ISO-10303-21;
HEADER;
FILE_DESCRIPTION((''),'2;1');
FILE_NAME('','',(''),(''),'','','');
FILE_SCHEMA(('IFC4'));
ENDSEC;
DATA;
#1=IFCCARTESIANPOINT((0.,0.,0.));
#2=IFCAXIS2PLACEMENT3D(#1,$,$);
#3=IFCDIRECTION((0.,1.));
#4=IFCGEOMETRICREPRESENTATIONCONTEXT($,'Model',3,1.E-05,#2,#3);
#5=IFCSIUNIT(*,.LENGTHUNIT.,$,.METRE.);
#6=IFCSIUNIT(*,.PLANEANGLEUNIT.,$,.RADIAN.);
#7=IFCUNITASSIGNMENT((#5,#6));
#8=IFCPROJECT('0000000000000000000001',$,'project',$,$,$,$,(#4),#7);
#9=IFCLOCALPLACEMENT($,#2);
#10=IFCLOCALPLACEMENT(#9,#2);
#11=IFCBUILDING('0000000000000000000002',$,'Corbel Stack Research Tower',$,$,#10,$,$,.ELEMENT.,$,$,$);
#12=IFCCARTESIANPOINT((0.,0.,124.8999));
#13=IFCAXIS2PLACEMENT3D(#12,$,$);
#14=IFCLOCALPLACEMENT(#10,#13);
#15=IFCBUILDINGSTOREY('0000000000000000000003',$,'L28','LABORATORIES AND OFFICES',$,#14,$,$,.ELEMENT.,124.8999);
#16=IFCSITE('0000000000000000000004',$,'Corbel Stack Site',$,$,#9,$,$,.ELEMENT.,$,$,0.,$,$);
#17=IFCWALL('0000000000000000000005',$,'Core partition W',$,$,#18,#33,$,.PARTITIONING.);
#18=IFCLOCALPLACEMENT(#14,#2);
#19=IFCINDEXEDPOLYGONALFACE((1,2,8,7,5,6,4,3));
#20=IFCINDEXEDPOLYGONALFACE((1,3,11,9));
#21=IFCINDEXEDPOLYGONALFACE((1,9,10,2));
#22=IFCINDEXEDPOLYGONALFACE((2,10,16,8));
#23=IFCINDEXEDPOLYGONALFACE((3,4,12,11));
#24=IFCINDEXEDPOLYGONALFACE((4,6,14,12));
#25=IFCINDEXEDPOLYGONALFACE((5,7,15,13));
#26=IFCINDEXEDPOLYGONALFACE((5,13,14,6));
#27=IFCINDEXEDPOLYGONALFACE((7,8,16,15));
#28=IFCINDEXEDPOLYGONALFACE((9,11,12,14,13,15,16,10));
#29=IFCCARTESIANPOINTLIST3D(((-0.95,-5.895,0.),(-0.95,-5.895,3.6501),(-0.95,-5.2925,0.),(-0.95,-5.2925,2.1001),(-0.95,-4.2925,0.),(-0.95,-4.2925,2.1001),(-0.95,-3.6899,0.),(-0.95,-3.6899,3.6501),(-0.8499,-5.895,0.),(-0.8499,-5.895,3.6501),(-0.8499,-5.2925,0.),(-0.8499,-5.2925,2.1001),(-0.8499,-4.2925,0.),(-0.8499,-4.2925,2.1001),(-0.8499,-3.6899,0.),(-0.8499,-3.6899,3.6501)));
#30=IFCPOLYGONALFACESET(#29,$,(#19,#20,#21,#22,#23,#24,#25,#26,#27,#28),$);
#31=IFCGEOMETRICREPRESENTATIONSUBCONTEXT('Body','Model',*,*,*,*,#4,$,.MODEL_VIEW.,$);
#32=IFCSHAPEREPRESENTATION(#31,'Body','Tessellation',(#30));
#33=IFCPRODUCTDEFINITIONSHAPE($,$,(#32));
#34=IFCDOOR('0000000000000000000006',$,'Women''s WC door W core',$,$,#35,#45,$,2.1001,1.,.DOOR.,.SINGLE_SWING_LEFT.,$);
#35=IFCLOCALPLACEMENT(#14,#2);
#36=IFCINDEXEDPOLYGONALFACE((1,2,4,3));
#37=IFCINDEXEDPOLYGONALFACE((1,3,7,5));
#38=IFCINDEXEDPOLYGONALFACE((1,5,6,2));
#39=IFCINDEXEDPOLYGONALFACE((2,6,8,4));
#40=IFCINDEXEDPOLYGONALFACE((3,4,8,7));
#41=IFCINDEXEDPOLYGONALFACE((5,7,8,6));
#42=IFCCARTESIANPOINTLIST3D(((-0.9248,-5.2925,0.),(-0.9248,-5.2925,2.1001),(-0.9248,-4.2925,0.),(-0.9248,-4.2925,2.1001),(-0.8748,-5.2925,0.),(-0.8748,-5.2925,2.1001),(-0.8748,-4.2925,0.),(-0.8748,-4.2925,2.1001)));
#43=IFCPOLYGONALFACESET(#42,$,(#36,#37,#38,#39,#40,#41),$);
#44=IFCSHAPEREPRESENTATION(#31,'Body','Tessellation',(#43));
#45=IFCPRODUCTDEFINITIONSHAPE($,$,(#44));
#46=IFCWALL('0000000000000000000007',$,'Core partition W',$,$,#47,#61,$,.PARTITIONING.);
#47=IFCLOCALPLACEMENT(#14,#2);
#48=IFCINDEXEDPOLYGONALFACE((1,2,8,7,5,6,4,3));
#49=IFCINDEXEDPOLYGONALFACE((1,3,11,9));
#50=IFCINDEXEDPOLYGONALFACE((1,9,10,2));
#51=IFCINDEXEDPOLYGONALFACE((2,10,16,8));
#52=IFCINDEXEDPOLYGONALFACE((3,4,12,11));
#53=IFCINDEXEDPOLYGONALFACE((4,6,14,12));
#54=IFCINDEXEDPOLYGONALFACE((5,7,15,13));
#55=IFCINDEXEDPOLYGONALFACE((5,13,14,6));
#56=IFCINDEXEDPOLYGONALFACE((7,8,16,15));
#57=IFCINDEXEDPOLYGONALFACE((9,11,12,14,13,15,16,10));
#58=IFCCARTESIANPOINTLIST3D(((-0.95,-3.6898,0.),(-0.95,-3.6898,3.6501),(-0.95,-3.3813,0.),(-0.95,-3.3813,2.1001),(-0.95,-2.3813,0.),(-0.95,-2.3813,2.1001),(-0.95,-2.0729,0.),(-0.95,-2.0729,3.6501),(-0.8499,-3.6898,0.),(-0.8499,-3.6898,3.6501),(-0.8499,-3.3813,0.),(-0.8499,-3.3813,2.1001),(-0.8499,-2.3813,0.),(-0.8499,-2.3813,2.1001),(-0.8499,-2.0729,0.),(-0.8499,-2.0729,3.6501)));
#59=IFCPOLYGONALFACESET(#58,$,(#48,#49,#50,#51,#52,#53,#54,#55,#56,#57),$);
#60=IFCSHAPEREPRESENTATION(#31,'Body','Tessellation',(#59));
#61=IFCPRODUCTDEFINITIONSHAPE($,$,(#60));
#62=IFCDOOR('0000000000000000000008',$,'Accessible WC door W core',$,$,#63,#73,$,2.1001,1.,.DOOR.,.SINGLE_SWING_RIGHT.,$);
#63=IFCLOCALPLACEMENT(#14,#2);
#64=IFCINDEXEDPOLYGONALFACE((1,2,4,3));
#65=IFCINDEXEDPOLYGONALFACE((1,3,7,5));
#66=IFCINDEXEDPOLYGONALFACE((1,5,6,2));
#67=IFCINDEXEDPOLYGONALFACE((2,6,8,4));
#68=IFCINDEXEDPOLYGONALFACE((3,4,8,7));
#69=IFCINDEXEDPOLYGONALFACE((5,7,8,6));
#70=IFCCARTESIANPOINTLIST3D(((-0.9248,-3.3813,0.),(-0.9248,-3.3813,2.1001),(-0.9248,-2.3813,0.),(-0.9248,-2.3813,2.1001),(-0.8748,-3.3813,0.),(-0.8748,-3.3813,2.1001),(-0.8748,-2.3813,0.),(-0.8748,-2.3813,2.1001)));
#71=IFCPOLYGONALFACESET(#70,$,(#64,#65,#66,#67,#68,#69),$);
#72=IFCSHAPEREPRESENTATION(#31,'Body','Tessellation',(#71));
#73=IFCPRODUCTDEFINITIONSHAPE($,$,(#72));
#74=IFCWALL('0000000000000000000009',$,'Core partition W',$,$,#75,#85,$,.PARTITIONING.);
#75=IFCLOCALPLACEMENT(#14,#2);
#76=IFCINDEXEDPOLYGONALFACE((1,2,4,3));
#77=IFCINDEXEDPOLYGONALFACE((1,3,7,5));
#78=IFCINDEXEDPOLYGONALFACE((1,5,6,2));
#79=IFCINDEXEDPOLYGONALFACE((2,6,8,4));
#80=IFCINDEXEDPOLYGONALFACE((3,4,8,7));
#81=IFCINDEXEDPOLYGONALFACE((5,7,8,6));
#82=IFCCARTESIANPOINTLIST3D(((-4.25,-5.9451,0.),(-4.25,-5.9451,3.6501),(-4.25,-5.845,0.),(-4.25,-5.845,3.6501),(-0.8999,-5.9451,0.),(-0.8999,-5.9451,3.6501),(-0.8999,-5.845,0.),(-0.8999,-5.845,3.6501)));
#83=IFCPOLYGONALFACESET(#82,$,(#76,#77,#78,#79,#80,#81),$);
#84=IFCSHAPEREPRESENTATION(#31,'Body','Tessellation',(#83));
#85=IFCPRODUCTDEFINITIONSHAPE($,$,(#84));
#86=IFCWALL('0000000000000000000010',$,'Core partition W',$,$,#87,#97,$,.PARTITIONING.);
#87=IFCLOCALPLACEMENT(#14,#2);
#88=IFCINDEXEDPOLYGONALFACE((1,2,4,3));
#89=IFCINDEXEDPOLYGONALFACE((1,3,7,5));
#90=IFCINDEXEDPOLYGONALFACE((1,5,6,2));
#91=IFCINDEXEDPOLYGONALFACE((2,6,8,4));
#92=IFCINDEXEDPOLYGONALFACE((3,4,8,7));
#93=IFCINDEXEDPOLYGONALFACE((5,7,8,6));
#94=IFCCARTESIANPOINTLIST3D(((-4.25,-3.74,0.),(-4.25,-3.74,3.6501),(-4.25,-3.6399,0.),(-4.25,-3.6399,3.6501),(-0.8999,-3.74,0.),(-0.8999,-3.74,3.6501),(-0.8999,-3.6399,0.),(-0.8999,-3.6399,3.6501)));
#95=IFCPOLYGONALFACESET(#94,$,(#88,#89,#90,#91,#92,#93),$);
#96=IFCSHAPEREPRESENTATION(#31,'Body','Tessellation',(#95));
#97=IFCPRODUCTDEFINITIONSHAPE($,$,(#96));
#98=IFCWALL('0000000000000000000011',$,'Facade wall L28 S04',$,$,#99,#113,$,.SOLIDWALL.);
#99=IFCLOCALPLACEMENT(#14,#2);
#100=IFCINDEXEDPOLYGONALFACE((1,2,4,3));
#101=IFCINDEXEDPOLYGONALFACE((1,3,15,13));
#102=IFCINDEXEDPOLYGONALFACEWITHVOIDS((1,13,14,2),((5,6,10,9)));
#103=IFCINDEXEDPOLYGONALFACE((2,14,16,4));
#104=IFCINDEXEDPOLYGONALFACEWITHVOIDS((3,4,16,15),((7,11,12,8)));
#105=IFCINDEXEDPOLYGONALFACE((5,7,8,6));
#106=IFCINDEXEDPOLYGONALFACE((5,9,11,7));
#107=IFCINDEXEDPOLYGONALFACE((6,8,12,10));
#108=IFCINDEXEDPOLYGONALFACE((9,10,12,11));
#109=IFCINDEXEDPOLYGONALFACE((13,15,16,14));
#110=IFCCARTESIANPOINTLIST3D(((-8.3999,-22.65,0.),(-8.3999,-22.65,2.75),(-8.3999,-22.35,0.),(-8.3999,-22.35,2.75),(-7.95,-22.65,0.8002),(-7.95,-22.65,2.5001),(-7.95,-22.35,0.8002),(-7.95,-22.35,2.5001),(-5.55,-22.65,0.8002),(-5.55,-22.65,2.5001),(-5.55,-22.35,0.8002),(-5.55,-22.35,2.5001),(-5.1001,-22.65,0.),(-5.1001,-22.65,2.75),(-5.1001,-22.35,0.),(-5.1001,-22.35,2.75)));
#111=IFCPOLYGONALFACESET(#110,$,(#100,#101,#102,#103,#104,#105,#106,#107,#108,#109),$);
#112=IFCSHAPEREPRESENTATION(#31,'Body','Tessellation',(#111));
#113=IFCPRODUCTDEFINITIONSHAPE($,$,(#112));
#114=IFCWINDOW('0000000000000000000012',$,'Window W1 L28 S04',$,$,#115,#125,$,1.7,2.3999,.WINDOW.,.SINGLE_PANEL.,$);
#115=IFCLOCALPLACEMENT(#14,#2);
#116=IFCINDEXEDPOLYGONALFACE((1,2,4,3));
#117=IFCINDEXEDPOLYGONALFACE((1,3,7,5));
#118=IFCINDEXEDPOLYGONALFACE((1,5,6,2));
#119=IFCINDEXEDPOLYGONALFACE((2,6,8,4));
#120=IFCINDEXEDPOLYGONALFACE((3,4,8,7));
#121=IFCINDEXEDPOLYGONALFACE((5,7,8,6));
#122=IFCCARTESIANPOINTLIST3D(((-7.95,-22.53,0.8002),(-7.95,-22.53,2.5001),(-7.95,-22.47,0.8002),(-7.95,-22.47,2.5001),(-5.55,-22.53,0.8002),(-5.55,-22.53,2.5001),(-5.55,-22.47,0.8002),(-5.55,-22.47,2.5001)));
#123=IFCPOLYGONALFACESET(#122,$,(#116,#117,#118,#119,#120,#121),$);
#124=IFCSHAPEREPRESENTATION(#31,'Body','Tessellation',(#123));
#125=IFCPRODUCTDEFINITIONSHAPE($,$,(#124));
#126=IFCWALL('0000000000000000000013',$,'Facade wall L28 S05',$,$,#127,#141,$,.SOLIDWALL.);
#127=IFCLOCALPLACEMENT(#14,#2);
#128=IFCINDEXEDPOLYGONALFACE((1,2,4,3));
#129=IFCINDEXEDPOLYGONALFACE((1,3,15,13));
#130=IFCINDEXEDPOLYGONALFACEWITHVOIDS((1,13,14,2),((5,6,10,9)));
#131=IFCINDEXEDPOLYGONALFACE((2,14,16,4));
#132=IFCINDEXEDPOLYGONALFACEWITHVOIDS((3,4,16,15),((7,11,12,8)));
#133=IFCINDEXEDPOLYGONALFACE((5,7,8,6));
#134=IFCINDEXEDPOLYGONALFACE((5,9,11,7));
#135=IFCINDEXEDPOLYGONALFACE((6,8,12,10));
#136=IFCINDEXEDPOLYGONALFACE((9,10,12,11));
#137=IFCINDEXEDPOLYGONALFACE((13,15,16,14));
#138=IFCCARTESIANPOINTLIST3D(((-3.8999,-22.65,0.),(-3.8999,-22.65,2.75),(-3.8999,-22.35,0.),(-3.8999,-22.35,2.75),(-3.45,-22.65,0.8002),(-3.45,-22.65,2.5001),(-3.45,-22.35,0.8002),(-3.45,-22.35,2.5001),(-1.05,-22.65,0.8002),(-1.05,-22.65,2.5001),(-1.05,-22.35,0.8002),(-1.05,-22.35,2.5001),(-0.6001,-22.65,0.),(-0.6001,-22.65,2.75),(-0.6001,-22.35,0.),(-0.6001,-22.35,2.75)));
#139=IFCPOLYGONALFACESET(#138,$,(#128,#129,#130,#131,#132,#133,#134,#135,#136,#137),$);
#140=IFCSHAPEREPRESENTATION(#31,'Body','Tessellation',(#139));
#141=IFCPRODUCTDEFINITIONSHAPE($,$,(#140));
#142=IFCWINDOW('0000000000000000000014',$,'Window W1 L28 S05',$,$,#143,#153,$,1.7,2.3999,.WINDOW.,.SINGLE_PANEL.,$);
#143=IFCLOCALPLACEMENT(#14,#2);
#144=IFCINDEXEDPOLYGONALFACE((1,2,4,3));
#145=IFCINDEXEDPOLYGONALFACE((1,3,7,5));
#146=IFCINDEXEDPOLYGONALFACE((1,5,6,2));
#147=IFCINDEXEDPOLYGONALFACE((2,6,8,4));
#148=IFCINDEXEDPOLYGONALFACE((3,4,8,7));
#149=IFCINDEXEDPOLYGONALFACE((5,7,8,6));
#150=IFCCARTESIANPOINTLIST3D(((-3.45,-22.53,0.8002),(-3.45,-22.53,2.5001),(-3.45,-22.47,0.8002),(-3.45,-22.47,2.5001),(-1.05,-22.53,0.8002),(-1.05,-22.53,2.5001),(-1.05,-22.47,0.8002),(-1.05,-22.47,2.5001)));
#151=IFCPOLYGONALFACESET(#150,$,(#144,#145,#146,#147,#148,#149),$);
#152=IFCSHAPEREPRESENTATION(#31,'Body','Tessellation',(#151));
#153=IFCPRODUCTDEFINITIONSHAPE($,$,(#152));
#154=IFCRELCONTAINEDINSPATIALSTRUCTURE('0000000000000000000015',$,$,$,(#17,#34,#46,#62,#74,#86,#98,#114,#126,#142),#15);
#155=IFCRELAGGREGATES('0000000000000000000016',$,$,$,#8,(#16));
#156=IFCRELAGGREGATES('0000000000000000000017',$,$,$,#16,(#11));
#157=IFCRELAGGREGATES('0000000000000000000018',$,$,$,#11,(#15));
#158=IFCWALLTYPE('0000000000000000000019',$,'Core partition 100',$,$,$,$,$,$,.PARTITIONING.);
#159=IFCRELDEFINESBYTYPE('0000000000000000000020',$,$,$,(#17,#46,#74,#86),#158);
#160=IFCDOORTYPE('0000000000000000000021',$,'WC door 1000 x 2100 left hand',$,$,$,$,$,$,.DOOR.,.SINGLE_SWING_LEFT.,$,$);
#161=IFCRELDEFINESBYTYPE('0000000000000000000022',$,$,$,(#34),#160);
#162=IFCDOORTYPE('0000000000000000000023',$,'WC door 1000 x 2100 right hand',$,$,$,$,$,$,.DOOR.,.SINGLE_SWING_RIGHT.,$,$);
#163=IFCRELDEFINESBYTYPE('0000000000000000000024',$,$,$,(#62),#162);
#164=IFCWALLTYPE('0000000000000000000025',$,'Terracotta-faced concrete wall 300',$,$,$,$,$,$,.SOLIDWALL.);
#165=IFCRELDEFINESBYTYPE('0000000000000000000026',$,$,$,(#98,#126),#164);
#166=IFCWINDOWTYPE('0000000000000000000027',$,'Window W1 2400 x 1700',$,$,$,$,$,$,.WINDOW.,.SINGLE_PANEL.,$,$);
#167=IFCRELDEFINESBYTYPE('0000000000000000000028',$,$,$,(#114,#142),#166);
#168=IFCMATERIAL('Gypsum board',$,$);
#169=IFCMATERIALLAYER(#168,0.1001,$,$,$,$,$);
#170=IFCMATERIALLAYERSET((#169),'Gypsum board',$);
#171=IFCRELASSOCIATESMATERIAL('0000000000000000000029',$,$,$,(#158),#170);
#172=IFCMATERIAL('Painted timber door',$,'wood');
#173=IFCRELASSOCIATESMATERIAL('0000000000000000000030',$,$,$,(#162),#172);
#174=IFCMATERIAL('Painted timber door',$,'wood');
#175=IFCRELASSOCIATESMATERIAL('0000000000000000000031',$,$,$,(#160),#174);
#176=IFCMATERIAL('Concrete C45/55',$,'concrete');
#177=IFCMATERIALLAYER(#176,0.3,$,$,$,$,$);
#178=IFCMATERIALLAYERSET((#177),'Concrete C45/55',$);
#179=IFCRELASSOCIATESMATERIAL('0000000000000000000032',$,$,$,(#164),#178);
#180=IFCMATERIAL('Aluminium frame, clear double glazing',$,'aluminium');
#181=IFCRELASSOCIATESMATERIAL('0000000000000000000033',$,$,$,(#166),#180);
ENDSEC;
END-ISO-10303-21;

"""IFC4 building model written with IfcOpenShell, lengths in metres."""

from ifc_helpers import new_model, si_unit, direction, frame, frame_2d, origin, place, context, subcontext, project, spatial, rectangle, extrude, material, layer, layer_set, type_object, element, fill, save


model = new_model("IFC4")

# Units and contexts
model_context = context("Model", 3, precision=1e-05, world=origin(), true_north=direction((0.0, 1.0)))
body_context = subcontext(model_context, "Body", "Model", "MODEL_VIEW")
ifc_project = project(units=[si_unit("LENGTHUNIT", "METRE"), si_unit("PLANEANGLEUNIT", "RADIAN")], contexts=[model_context])

# Site, building, storey
site_placement = place(None, origin())
site = spatial("IfcSite", under=ifc_project, at=site_placement, Name="Corbel Stack Site", CompositionType="ELEMENT", RefElevation=0.0)
building_placement = place(site_placement, origin())
building = spatial("IfcBuilding", under=site, at=building_placement, Name="Corbel Stack Research Tower", CompositionType="ELEMENT")
storey_placement = place(building_placement, frame((0.0, 0.0, 124.8999)))
storey = spatial("IfcBuildingStorey", under=building, at=storey_placement, Name="L28", Description="LABORATORIES AND OFFICES", CompositionType="ELEMENT", Elevation=124.8999)

# Walls, openings, doors
ifc_material_1 = material(Name="Gypsum board")
ifc_layer_1 = layer(ifc_material_1, 0.1001)
ifc_layer_set_1 = layer_set([ifc_layer_1], Name="Gypsum board")
wall_type_1 = type_object("IfcWallType", Name="Core partition 100", PredefinedType="PARTITIONING", material=ifc_layer_set_1)
ifc_material_2 = material(Name="Painted timber door", Category="wood")
door_type_1 = type_object("IfcDoorType", Name="WC door 1000 x 2100 right hand", OperationType="SINGLE_SWING_RIGHT", PredefinedType="DOOR", material=ifc_material_2)
wall_1_placement = place(storey_placement, frame((-0.8999, -5.895, 0.0), z_axis=(0.0, 0.0, 1.0), x_axis=(0.0, 1.0, 0.0)))
wall_1 = element("IfcWall", 1, at=wall_1_placement, inside=storey, type_object=wall_type_1, Name="Core partition W", PredefinedType="PARTITIONING", context=body_context, shape_type="SweptSolid", body=[
    extrude(rectangle(XDim=2.2051, YDim=0.1001, at=frame_2d((1.1025, 0.0))), origin(), (0.0, 0.0, 1.0), 3.6501),
])
opening_1_placement = place(wall_1_placement, frame((0.6025, 0.0, 0.0)))
opening_1 = element("IfcOpeningElement", 2, at=opening_1_placement, cuts=wall_1, PredefinedType="OPENING", context=body_context, shape_type="SweptSolid", body=[
    extrude(rectangle(XDim=1.0, YDim=2.1001, at=frame_2d((0.5, 1.05))), frame((0.0, 0.0601, 0.0), z_axis=(0.0, -1.0, 0.0), x_axis=(1.0, 0.0, 0.0)), (0.0, 0.0, 1.0), 0.1201),
])
ifc_material_3 = material(Name="Painted timber door", Category="wood")
door_type_2 = type_object("IfcDoorType", Name="WC door 1000 x 2100 left hand", OperationType="SINGLE_SWING_LEFT", PredefinedType="DOOR", material=ifc_material_3)
door_1_placement = place(opening_1_placement, origin())
door_1 = element("IfcDoor", 3, at=door_1_placement, inside=storey, type_object=door_type_2, Name="Women's WC door W core", OperationType="SINGLE_SWING_LEFT", OverallHeight=2.1001, OverallWidth=1.0, PredefinedType="DOOR", context=body_context, shape_type="SweptSolid", body=[
    extrude(rectangle(XDim=1.0, YDim=2.1001, at=frame_2d((0.5, 1.05))), frame((0.0, 0.0249, 0.0), z_axis=(0.0, -1.0, 0.0), x_axis=(1.0, 0.0, 0.0)), (0.0, 0.0, 1.0), 0.05),
])
fill(opening_1, door_1)
wall_2_placement = place(storey_placement, frame((-0.8999, -3.6899, 0.0), z_axis=(0.0, 0.0, 1.0), x_axis=(0.0, 1.0, 0.0)))
wall_2 = element("IfcWall", 4, at=wall_2_placement, inside=storey, type_object=wall_type_1, Name="Core partition W", PredefinedType="PARTITIONING", context=body_context, shape_type="SweptSolid", body=[
    extrude(rectangle(XDim=1.6169, YDim=0.1001, at=frame_2d((0.8086, 0.0))), origin(), (0.0, 0.0, 1.0), 3.6501),
])
opening_2_placement = place(wall_2_placement, frame((0.3086, 0.0, 0.0)))
opening_2 = element("IfcOpeningElement", 5, at=opening_2_placement, cuts=wall_2, PredefinedType="OPENING", context=body_context, shape_type="SweptSolid", body=[
    extrude(rectangle(XDim=1.0, YDim=2.1001, at=frame_2d((0.5, 1.05))), frame((0.0, 0.0601, 0.0), z_axis=(0.0, -1.0, 0.0), x_axis=(1.0, 0.0, 0.0)), (0.0, 0.0, 1.0), 0.1201),
])
door_2_placement = place(opening_2_placement, origin())
door_2 = element("IfcDoor", 6, at=door_2_placement, inside=storey, type_object=door_type_1, Name="Accessible WC door W core", OperationType="SINGLE_SWING_RIGHT", OverallHeight=2.1001, OverallWidth=1.0, PredefinedType="DOOR", context=body_context, shape_type="SweptSolid", body=[
    extrude(rectangle(XDim=1.0, YDim=2.1001, at=frame_2d((0.5, 1.05))), frame((0.0, 0.0249, 0.0), z_axis=(0.0, -1.0, 0.0), x_axis=(1.0, 0.0, 0.0)), (0.0, 0.0, 1.0), 0.05),
])
fill(opening_2, door_2)

# Walls
for number, where, z_axis, x_axis, name in (
    (7, (-4.25, -5.895, 0.0), (0.0, 0.0, 1.0), (1.0, 0.0, 0.0), "Core partition W"),
    (8, (-4.25, -3.6899, 0.0), (0.0, 0.0, 1.0), (1.0, 0.0, 0.0), "Core partition W"),
):
    element("IfcWall", number, at=place(storey_placement, frame(where, z_axis=z_axis, x_axis=x_axis)), inside=storey, type_object=wall_type_1, Name=name, PredefinedType="PARTITIONING", context=body_context, shape_type="SweptSolid", body=[
        extrude(rectangle(XDim=3.3501, YDim=0.1001, at=frame_2d((1.675, 0.0))), origin(), (0.0, 0.0, 1.0), 3.6501),
    ])

# Walls, openings, windows
ifc_material_4 = material(Name="Concrete C45/55", Category="concrete")
ifc_layer_2 = layer(ifc_material_4, 0.3)
ifc_layer_set_2 = layer_set([ifc_layer_2], Name="Concrete C45/55")
wall_type_2 = type_object("IfcWallType", Name="Terracotta-faced concrete wall 300", PredefinedType="SOLIDWALL", material=ifc_layer_set_2)
wall_3_placement = place(storey_placement, frame((-5.1001, -22.5, 0.0), z_axis=(0.0, 0.0, 1.0), x_axis=(-1.0, 0.0, 0.0)))
wall_3 = element("IfcWall", 9, at=wall_3_placement, inside=storey, type_object=wall_type_2, Name="Facade wall L28 S04", PredefinedType="SOLIDWALL", context=body_context, shape_type="SweptSolid", body=[
    extrude(rectangle(XDim=3.2998, YDim=0.3, at=frame_2d((1.6499, 0.0))), origin(), (0.0, 0.0, 1.0), 2.75),
])
opening_3_placement = place(wall_3_placement, frame((0.45, 0.0, 0.8)))
opening_3 = element("IfcOpeningElement", 10, at=opening_3_placement, cuts=wall_3, PredefinedType="OPENING", context=body_context, shape_type="SweptSolid", body=[
    extrude(rectangle(XDim=2.3999, YDim=1.7, at=frame_2d((1.2, 0.8501))), frame((0.0, 0.1599, 0.0), z_axis=(0.0, -1.0, 0.0), x_axis=(1.0, 0.0, 0.0)), (0.0, 0.0, 1.0), 0.3201),
])
ifc_material_5 = material(Name="Aluminium frame, clear double glazing", Category="aluminium")
window_type = type_object("IfcWindowType", Name="Window W1 2400 x 1700", PartitioningType="SINGLE_PANEL", PredefinedType="WINDOW", material=ifc_material_5)
window_1_placement = place(opening_3_placement, origin())
window_1 = element("IfcWindow", 11, at=window_1_placement, inside=storey, type_object=window_type, Name="Window W1 L28 S04", OverallHeight=1.7, OverallWidth=2.3999, PartitioningType="SINGLE_PANEL", PredefinedType="WINDOW", context=body_context, shape_type="SweptSolid", body=[
    extrude(rectangle(XDim=2.3999, YDim=1.7, at=frame_2d((1.2, 0.8501))), frame((0.0, 0.03, 0.0), z_axis=(0.0, -1.0, 0.0), x_axis=(1.0, 0.0, 0.0)), (0.0, 0.0, 1.0), 0.0601),
])
fill(opening_3, window_1)
wall_4_placement = place(storey_placement, frame((-0.6001, -22.5, 0.0), z_axis=(0.0, 0.0, 1.0), x_axis=(-1.0, 0.0, 0.0)))
wall_4 = element("IfcWall", 12, at=wall_4_placement, inside=storey, type_object=wall_type_2, Name="Facade wall L28 S05", PredefinedType="SOLIDWALL", context=body_context, shape_type="SweptSolid", body=[
    extrude(rectangle(XDim=3.2998, YDim=0.3, at=frame_2d((1.6499, 0.0))), origin(), (0.0, 0.0, 1.0), 2.75),
])
opening_4_placement = place(wall_4_placement, frame((0.45, 0.0, 0.8)))
opening_4 = element("IfcOpeningElement", 13, at=opening_4_placement, cuts=wall_4, PredefinedType="OPENING", context=body_context, shape_type="SweptSolid", body=[
    extrude(rectangle(XDim=2.3999, YDim=1.7, at=frame_2d((1.2, 0.8501))), frame((0.0, 0.1599, 0.0), z_axis=(0.0, -1.0, 0.0), x_axis=(1.0, 0.0, 0.0)), (0.0, 0.0, 1.0), 0.3201),
])
window_2_placement = place(opening_4_placement, origin())
window_2 = element("IfcWindow", 14, at=window_2_placement, inside=storey, type_object=window_type, Name="Window W1 L28 S05", OverallHeight=1.7, OverallWidth=2.3999, PartitioningType="SINGLE_PANEL", PredefinedType="WINDOW", context=body_context, shape_type="SweptSolid", body=[
    extrude(rectangle(XDim=2.3999, YDim=1.7, at=frame_2d((1.2, 0.8501))), frame((0.0, 0.03, 0.0), z_axis=(0.0, -1.0, 0.0), x_axis=(1.0, 0.0, 0.0)), (0.0, 0.0, 1.0), 0.0601),
])
fill(opening_4, window_2)

save(model, "model.ifc")
